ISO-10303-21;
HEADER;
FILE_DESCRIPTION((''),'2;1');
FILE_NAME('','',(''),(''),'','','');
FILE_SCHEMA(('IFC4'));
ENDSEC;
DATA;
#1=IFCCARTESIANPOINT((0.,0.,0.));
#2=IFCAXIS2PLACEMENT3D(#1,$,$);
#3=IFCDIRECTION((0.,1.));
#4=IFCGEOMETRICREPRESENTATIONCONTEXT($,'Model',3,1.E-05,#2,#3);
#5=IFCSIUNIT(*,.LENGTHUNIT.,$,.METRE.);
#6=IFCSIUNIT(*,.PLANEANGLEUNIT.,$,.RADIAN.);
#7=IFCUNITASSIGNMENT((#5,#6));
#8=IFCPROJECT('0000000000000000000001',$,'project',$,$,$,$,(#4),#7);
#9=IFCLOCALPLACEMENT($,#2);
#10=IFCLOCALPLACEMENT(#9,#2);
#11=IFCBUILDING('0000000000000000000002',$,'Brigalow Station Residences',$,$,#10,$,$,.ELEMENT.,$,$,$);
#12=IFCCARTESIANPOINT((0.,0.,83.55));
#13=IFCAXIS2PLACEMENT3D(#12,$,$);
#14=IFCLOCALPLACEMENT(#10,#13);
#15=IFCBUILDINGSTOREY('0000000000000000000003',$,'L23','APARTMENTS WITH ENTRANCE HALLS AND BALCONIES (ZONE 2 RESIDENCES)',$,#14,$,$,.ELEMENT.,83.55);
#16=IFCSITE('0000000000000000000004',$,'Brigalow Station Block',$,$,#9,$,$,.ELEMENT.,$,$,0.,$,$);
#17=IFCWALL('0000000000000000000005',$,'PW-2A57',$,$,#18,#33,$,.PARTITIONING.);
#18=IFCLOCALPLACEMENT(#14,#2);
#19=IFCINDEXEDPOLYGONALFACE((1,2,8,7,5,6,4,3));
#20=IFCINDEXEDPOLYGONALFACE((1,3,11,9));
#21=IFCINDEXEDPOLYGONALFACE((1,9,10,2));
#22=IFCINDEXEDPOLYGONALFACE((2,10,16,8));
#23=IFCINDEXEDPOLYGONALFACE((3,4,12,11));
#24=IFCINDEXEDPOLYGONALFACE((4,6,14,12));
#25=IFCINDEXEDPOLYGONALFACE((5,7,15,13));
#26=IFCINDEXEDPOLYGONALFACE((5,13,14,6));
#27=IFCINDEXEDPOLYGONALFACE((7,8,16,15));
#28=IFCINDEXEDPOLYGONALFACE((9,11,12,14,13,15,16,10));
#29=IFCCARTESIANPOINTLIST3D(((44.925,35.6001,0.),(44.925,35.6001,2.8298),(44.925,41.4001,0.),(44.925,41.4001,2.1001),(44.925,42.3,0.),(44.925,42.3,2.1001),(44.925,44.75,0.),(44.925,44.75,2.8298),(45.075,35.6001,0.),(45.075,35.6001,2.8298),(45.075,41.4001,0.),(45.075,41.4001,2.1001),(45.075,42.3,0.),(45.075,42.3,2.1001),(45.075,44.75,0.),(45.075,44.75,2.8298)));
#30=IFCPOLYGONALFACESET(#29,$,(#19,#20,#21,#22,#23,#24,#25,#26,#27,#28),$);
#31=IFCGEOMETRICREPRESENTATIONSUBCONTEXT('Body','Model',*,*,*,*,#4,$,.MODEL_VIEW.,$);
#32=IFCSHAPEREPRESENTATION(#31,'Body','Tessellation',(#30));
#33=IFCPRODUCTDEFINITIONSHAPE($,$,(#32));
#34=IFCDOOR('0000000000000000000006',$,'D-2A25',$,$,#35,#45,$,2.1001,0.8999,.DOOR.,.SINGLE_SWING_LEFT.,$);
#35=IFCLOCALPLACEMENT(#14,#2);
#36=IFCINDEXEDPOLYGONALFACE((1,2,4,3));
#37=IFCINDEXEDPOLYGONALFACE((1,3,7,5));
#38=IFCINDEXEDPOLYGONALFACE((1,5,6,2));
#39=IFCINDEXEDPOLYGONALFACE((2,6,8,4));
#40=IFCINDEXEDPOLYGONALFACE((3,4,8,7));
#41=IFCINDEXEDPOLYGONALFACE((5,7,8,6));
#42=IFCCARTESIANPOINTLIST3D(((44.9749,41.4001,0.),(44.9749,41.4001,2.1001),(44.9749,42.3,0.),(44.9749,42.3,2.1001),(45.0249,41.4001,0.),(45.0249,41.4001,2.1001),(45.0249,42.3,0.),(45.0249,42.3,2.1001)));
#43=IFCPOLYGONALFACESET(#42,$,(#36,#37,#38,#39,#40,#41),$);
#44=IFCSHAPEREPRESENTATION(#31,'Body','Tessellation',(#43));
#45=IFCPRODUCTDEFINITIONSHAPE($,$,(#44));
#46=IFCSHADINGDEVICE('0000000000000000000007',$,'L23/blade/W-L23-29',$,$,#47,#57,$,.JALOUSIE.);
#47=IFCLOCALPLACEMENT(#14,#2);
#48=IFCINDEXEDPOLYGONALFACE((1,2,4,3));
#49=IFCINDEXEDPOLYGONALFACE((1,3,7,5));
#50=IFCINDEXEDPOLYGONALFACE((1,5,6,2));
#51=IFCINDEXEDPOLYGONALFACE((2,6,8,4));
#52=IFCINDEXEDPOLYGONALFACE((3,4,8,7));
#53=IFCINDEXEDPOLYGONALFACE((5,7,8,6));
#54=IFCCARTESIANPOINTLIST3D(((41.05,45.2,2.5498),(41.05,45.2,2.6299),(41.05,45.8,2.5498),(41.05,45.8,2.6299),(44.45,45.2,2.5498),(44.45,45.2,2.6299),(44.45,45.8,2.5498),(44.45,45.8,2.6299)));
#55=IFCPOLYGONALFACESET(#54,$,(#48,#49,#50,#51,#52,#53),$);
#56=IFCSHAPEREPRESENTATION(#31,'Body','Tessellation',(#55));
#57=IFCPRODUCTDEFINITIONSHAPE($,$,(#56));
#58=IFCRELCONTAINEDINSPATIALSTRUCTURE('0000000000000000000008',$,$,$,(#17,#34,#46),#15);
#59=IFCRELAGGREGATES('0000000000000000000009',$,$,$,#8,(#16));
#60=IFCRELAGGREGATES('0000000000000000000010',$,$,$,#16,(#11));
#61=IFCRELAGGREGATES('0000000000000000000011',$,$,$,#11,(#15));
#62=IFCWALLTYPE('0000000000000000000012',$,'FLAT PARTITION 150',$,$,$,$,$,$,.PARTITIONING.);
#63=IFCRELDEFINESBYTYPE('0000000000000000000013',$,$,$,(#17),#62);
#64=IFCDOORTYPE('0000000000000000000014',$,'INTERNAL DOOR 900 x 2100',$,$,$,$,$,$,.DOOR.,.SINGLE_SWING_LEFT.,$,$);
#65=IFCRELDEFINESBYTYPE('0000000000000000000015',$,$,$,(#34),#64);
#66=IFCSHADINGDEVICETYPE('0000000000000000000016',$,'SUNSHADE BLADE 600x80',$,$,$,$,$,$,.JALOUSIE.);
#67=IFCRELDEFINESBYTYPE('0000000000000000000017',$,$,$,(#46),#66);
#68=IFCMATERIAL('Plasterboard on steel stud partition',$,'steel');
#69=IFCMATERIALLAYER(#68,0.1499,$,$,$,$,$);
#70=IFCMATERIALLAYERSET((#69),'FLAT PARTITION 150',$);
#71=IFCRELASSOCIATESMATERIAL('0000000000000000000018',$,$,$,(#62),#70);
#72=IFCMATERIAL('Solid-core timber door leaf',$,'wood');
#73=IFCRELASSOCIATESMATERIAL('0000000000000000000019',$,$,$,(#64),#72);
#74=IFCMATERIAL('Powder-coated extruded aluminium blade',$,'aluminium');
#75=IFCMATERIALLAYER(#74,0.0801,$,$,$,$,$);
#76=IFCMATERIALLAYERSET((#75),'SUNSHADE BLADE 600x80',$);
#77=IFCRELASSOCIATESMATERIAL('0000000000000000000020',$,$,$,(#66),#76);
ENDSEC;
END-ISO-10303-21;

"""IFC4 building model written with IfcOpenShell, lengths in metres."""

from ifc_helpers import new_model, si_unit, direction, frame, frame_2d, origin, origin_2d, place, context, subcontext, project, spatial, rectangle, extrude, material, layer, layer_set, type_object, element, fill, save


model = new_model("IFC4")

# Units and contexts
model_context = context("Model", 3, precision=1e-05, world=origin(), true_north=direction((0.0, 1.0)))
body_context = subcontext(model_context, "Body", "Model", "MODEL_VIEW")
ifc_project = project(units=[si_unit("LENGTHUNIT", "METRE"), si_unit("PLANEANGLEUNIT", "RADIAN")], contexts=[model_context])

# Site, building, storey
site_placement = place(None, origin())
site = spatial("IfcSite", under=ifc_project, at=site_placement, Name="Brigalow Station Block", CompositionType="ELEMENT", RefElevation=0.0)
building_placement = place(site_placement, origin())
building = spatial("IfcBuilding", under=site, at=building_placement, Name="Brigalow Station Residences", CompositionType="ELEMENT")
storey_placement = place(building_placement, frame((0.0, 0.0, 83.55)))
storey = spatial("IfcBuildingStorey", under=building, at=storey_placement, Name="L23", Description="APARTMENTS WITH ENTRANCE HALLS AND BALCONIES (ZONE 2 RESIDENCES)", CompositionType="ELEMENT", Elevation=83.55)

# Wall, opening, door
ifc_material_1 = material(Name="Plasterboard on steel stud partition", Category="steel")
ifc_layer_1 = layer(ifc_material_1, 0.1499)
ifc_layer_set_1 = layer_set([ifc_layer_1], Name="FLAT PARTITION 150")
wall_type_1 = type_object("IfcWallType", Name="FLAT PARTITION 150", PredefinedType="PARTITIONING", material=ifc_layer_set_1)
wall_1_placement = place(storey_placement, frame((45.0, 35.6001, 0.0), z_axis=(0.0, 0.0, 1.0), x_axis=(0.0, 1.0, 0.0)))
wall_1 = element("IfcWall", 1, at=wall_1_placement, inside=storey, type_object=wall_type_1, Name="PW-2A57", PredefinedType="PARTITIONING", context=body_context, shape_type="SweptSolid", body=[
    extrude(rectangle(XDim=9.1499, YDim=0.1499, at=frame_2d((4.575, 0.0))), origin(), (0.0, 0.0, 1.0), 2.8298),
])
opening_1_placement = place(wall_1_placement, frame((5.8, 0.0, 0.0)))
opening_1 = element("IfcOpeningElement", 2, at=opening_1_placement, cuts=wall_1, PredefinedType="OPENING", context=body_context, shape_type="SweptSolid", body=[
    extrude(rectangle(XDim=0.8999, YDim=2.1001, at=frame_2d((0.45, 1.05))), frame((0.0, 0.085, 0.0), z_axis=(0.0, -1.0, 0.0), x_axis=(1.0, 0.0, 0.0)), (0.0, 0.0, 1.0), 0.1699),
])
ifc_material_2 = material(Name="Solid-core timber door leaf", Category="wood")
door_type = type_object("IfcDoorType", Name="INTERNAL DOOR 900 x 2100", OperationType="SINGLE_SWING_LEFT", PredefinedType="DOOR", material=ifc_material_2)
door_placement = place(opening_1_placement, frame((0.8999, 0.0, 0.0), z_axis=(0.0, 0.0, 1.0), x_axis=(-1.0, 0.0, 0.0)))
door = element("IfcDoor", 3, at=door_placement, inside=storey, type_object=door_type, Name="D-2A25", OperationType="SINGLE_SWING_LEFT", OverallHeight=2.1001, OverallWidth=0.8999, PredefinedType="DOOR", context=body_context, shape_type="SweptSolid", body=[
    extrude(rectangle(XDim=0.8999, YDim=2.1001, at=frame_2d((0.45, 1.05))), frame((0.0, 0.0249, 0.0), z_axis=(0.0, -1.0, 0.0), x_axis=(1.0, 0.0, 0.0)), (0.0, 0.0, 1.0), 0.05),
])
fill(opening_1, door)

# Shading device
ifc_material_3 = material(Name="Powder-coated extruded aluminium blade", Category="aluminium")
ifc_layer_2 = layer(ifc_material_3, 0.0801)
ifc_layer_set_2 = layer_set([ifc_layer_2], Name="SUNSHADE BLADE 600x80")
shading_device_type = type_object("IfcShadingDeviceType", Name="SUNSHADE BLADE 600x80", PredefinedType="JALOUSIE", material=ifc_layer_set_2)
shading_device_placement = place(storey_placement, frame((42.75, 45.5, 2.5498), z_axis=(0.0, 0.0, 1.0), x_axis=(-1.0, 0.0, 0.0)))
element("IfcShadingDevice", 4, at=shading_device_placement, inside=storey, type_object=shading_device_type, Name="L23/blade/W-L23-29", PredefinedType="JALOUSIE", context=body_context, shape_type="SweptSolid", body=[
    extrude(rectangle(XDim=3.3999, YDim=0.6001, at=origin_2d()), origin(), (0.0, 0.0, 1.0), 0.0801),
])

save(model, "model.ifc")
